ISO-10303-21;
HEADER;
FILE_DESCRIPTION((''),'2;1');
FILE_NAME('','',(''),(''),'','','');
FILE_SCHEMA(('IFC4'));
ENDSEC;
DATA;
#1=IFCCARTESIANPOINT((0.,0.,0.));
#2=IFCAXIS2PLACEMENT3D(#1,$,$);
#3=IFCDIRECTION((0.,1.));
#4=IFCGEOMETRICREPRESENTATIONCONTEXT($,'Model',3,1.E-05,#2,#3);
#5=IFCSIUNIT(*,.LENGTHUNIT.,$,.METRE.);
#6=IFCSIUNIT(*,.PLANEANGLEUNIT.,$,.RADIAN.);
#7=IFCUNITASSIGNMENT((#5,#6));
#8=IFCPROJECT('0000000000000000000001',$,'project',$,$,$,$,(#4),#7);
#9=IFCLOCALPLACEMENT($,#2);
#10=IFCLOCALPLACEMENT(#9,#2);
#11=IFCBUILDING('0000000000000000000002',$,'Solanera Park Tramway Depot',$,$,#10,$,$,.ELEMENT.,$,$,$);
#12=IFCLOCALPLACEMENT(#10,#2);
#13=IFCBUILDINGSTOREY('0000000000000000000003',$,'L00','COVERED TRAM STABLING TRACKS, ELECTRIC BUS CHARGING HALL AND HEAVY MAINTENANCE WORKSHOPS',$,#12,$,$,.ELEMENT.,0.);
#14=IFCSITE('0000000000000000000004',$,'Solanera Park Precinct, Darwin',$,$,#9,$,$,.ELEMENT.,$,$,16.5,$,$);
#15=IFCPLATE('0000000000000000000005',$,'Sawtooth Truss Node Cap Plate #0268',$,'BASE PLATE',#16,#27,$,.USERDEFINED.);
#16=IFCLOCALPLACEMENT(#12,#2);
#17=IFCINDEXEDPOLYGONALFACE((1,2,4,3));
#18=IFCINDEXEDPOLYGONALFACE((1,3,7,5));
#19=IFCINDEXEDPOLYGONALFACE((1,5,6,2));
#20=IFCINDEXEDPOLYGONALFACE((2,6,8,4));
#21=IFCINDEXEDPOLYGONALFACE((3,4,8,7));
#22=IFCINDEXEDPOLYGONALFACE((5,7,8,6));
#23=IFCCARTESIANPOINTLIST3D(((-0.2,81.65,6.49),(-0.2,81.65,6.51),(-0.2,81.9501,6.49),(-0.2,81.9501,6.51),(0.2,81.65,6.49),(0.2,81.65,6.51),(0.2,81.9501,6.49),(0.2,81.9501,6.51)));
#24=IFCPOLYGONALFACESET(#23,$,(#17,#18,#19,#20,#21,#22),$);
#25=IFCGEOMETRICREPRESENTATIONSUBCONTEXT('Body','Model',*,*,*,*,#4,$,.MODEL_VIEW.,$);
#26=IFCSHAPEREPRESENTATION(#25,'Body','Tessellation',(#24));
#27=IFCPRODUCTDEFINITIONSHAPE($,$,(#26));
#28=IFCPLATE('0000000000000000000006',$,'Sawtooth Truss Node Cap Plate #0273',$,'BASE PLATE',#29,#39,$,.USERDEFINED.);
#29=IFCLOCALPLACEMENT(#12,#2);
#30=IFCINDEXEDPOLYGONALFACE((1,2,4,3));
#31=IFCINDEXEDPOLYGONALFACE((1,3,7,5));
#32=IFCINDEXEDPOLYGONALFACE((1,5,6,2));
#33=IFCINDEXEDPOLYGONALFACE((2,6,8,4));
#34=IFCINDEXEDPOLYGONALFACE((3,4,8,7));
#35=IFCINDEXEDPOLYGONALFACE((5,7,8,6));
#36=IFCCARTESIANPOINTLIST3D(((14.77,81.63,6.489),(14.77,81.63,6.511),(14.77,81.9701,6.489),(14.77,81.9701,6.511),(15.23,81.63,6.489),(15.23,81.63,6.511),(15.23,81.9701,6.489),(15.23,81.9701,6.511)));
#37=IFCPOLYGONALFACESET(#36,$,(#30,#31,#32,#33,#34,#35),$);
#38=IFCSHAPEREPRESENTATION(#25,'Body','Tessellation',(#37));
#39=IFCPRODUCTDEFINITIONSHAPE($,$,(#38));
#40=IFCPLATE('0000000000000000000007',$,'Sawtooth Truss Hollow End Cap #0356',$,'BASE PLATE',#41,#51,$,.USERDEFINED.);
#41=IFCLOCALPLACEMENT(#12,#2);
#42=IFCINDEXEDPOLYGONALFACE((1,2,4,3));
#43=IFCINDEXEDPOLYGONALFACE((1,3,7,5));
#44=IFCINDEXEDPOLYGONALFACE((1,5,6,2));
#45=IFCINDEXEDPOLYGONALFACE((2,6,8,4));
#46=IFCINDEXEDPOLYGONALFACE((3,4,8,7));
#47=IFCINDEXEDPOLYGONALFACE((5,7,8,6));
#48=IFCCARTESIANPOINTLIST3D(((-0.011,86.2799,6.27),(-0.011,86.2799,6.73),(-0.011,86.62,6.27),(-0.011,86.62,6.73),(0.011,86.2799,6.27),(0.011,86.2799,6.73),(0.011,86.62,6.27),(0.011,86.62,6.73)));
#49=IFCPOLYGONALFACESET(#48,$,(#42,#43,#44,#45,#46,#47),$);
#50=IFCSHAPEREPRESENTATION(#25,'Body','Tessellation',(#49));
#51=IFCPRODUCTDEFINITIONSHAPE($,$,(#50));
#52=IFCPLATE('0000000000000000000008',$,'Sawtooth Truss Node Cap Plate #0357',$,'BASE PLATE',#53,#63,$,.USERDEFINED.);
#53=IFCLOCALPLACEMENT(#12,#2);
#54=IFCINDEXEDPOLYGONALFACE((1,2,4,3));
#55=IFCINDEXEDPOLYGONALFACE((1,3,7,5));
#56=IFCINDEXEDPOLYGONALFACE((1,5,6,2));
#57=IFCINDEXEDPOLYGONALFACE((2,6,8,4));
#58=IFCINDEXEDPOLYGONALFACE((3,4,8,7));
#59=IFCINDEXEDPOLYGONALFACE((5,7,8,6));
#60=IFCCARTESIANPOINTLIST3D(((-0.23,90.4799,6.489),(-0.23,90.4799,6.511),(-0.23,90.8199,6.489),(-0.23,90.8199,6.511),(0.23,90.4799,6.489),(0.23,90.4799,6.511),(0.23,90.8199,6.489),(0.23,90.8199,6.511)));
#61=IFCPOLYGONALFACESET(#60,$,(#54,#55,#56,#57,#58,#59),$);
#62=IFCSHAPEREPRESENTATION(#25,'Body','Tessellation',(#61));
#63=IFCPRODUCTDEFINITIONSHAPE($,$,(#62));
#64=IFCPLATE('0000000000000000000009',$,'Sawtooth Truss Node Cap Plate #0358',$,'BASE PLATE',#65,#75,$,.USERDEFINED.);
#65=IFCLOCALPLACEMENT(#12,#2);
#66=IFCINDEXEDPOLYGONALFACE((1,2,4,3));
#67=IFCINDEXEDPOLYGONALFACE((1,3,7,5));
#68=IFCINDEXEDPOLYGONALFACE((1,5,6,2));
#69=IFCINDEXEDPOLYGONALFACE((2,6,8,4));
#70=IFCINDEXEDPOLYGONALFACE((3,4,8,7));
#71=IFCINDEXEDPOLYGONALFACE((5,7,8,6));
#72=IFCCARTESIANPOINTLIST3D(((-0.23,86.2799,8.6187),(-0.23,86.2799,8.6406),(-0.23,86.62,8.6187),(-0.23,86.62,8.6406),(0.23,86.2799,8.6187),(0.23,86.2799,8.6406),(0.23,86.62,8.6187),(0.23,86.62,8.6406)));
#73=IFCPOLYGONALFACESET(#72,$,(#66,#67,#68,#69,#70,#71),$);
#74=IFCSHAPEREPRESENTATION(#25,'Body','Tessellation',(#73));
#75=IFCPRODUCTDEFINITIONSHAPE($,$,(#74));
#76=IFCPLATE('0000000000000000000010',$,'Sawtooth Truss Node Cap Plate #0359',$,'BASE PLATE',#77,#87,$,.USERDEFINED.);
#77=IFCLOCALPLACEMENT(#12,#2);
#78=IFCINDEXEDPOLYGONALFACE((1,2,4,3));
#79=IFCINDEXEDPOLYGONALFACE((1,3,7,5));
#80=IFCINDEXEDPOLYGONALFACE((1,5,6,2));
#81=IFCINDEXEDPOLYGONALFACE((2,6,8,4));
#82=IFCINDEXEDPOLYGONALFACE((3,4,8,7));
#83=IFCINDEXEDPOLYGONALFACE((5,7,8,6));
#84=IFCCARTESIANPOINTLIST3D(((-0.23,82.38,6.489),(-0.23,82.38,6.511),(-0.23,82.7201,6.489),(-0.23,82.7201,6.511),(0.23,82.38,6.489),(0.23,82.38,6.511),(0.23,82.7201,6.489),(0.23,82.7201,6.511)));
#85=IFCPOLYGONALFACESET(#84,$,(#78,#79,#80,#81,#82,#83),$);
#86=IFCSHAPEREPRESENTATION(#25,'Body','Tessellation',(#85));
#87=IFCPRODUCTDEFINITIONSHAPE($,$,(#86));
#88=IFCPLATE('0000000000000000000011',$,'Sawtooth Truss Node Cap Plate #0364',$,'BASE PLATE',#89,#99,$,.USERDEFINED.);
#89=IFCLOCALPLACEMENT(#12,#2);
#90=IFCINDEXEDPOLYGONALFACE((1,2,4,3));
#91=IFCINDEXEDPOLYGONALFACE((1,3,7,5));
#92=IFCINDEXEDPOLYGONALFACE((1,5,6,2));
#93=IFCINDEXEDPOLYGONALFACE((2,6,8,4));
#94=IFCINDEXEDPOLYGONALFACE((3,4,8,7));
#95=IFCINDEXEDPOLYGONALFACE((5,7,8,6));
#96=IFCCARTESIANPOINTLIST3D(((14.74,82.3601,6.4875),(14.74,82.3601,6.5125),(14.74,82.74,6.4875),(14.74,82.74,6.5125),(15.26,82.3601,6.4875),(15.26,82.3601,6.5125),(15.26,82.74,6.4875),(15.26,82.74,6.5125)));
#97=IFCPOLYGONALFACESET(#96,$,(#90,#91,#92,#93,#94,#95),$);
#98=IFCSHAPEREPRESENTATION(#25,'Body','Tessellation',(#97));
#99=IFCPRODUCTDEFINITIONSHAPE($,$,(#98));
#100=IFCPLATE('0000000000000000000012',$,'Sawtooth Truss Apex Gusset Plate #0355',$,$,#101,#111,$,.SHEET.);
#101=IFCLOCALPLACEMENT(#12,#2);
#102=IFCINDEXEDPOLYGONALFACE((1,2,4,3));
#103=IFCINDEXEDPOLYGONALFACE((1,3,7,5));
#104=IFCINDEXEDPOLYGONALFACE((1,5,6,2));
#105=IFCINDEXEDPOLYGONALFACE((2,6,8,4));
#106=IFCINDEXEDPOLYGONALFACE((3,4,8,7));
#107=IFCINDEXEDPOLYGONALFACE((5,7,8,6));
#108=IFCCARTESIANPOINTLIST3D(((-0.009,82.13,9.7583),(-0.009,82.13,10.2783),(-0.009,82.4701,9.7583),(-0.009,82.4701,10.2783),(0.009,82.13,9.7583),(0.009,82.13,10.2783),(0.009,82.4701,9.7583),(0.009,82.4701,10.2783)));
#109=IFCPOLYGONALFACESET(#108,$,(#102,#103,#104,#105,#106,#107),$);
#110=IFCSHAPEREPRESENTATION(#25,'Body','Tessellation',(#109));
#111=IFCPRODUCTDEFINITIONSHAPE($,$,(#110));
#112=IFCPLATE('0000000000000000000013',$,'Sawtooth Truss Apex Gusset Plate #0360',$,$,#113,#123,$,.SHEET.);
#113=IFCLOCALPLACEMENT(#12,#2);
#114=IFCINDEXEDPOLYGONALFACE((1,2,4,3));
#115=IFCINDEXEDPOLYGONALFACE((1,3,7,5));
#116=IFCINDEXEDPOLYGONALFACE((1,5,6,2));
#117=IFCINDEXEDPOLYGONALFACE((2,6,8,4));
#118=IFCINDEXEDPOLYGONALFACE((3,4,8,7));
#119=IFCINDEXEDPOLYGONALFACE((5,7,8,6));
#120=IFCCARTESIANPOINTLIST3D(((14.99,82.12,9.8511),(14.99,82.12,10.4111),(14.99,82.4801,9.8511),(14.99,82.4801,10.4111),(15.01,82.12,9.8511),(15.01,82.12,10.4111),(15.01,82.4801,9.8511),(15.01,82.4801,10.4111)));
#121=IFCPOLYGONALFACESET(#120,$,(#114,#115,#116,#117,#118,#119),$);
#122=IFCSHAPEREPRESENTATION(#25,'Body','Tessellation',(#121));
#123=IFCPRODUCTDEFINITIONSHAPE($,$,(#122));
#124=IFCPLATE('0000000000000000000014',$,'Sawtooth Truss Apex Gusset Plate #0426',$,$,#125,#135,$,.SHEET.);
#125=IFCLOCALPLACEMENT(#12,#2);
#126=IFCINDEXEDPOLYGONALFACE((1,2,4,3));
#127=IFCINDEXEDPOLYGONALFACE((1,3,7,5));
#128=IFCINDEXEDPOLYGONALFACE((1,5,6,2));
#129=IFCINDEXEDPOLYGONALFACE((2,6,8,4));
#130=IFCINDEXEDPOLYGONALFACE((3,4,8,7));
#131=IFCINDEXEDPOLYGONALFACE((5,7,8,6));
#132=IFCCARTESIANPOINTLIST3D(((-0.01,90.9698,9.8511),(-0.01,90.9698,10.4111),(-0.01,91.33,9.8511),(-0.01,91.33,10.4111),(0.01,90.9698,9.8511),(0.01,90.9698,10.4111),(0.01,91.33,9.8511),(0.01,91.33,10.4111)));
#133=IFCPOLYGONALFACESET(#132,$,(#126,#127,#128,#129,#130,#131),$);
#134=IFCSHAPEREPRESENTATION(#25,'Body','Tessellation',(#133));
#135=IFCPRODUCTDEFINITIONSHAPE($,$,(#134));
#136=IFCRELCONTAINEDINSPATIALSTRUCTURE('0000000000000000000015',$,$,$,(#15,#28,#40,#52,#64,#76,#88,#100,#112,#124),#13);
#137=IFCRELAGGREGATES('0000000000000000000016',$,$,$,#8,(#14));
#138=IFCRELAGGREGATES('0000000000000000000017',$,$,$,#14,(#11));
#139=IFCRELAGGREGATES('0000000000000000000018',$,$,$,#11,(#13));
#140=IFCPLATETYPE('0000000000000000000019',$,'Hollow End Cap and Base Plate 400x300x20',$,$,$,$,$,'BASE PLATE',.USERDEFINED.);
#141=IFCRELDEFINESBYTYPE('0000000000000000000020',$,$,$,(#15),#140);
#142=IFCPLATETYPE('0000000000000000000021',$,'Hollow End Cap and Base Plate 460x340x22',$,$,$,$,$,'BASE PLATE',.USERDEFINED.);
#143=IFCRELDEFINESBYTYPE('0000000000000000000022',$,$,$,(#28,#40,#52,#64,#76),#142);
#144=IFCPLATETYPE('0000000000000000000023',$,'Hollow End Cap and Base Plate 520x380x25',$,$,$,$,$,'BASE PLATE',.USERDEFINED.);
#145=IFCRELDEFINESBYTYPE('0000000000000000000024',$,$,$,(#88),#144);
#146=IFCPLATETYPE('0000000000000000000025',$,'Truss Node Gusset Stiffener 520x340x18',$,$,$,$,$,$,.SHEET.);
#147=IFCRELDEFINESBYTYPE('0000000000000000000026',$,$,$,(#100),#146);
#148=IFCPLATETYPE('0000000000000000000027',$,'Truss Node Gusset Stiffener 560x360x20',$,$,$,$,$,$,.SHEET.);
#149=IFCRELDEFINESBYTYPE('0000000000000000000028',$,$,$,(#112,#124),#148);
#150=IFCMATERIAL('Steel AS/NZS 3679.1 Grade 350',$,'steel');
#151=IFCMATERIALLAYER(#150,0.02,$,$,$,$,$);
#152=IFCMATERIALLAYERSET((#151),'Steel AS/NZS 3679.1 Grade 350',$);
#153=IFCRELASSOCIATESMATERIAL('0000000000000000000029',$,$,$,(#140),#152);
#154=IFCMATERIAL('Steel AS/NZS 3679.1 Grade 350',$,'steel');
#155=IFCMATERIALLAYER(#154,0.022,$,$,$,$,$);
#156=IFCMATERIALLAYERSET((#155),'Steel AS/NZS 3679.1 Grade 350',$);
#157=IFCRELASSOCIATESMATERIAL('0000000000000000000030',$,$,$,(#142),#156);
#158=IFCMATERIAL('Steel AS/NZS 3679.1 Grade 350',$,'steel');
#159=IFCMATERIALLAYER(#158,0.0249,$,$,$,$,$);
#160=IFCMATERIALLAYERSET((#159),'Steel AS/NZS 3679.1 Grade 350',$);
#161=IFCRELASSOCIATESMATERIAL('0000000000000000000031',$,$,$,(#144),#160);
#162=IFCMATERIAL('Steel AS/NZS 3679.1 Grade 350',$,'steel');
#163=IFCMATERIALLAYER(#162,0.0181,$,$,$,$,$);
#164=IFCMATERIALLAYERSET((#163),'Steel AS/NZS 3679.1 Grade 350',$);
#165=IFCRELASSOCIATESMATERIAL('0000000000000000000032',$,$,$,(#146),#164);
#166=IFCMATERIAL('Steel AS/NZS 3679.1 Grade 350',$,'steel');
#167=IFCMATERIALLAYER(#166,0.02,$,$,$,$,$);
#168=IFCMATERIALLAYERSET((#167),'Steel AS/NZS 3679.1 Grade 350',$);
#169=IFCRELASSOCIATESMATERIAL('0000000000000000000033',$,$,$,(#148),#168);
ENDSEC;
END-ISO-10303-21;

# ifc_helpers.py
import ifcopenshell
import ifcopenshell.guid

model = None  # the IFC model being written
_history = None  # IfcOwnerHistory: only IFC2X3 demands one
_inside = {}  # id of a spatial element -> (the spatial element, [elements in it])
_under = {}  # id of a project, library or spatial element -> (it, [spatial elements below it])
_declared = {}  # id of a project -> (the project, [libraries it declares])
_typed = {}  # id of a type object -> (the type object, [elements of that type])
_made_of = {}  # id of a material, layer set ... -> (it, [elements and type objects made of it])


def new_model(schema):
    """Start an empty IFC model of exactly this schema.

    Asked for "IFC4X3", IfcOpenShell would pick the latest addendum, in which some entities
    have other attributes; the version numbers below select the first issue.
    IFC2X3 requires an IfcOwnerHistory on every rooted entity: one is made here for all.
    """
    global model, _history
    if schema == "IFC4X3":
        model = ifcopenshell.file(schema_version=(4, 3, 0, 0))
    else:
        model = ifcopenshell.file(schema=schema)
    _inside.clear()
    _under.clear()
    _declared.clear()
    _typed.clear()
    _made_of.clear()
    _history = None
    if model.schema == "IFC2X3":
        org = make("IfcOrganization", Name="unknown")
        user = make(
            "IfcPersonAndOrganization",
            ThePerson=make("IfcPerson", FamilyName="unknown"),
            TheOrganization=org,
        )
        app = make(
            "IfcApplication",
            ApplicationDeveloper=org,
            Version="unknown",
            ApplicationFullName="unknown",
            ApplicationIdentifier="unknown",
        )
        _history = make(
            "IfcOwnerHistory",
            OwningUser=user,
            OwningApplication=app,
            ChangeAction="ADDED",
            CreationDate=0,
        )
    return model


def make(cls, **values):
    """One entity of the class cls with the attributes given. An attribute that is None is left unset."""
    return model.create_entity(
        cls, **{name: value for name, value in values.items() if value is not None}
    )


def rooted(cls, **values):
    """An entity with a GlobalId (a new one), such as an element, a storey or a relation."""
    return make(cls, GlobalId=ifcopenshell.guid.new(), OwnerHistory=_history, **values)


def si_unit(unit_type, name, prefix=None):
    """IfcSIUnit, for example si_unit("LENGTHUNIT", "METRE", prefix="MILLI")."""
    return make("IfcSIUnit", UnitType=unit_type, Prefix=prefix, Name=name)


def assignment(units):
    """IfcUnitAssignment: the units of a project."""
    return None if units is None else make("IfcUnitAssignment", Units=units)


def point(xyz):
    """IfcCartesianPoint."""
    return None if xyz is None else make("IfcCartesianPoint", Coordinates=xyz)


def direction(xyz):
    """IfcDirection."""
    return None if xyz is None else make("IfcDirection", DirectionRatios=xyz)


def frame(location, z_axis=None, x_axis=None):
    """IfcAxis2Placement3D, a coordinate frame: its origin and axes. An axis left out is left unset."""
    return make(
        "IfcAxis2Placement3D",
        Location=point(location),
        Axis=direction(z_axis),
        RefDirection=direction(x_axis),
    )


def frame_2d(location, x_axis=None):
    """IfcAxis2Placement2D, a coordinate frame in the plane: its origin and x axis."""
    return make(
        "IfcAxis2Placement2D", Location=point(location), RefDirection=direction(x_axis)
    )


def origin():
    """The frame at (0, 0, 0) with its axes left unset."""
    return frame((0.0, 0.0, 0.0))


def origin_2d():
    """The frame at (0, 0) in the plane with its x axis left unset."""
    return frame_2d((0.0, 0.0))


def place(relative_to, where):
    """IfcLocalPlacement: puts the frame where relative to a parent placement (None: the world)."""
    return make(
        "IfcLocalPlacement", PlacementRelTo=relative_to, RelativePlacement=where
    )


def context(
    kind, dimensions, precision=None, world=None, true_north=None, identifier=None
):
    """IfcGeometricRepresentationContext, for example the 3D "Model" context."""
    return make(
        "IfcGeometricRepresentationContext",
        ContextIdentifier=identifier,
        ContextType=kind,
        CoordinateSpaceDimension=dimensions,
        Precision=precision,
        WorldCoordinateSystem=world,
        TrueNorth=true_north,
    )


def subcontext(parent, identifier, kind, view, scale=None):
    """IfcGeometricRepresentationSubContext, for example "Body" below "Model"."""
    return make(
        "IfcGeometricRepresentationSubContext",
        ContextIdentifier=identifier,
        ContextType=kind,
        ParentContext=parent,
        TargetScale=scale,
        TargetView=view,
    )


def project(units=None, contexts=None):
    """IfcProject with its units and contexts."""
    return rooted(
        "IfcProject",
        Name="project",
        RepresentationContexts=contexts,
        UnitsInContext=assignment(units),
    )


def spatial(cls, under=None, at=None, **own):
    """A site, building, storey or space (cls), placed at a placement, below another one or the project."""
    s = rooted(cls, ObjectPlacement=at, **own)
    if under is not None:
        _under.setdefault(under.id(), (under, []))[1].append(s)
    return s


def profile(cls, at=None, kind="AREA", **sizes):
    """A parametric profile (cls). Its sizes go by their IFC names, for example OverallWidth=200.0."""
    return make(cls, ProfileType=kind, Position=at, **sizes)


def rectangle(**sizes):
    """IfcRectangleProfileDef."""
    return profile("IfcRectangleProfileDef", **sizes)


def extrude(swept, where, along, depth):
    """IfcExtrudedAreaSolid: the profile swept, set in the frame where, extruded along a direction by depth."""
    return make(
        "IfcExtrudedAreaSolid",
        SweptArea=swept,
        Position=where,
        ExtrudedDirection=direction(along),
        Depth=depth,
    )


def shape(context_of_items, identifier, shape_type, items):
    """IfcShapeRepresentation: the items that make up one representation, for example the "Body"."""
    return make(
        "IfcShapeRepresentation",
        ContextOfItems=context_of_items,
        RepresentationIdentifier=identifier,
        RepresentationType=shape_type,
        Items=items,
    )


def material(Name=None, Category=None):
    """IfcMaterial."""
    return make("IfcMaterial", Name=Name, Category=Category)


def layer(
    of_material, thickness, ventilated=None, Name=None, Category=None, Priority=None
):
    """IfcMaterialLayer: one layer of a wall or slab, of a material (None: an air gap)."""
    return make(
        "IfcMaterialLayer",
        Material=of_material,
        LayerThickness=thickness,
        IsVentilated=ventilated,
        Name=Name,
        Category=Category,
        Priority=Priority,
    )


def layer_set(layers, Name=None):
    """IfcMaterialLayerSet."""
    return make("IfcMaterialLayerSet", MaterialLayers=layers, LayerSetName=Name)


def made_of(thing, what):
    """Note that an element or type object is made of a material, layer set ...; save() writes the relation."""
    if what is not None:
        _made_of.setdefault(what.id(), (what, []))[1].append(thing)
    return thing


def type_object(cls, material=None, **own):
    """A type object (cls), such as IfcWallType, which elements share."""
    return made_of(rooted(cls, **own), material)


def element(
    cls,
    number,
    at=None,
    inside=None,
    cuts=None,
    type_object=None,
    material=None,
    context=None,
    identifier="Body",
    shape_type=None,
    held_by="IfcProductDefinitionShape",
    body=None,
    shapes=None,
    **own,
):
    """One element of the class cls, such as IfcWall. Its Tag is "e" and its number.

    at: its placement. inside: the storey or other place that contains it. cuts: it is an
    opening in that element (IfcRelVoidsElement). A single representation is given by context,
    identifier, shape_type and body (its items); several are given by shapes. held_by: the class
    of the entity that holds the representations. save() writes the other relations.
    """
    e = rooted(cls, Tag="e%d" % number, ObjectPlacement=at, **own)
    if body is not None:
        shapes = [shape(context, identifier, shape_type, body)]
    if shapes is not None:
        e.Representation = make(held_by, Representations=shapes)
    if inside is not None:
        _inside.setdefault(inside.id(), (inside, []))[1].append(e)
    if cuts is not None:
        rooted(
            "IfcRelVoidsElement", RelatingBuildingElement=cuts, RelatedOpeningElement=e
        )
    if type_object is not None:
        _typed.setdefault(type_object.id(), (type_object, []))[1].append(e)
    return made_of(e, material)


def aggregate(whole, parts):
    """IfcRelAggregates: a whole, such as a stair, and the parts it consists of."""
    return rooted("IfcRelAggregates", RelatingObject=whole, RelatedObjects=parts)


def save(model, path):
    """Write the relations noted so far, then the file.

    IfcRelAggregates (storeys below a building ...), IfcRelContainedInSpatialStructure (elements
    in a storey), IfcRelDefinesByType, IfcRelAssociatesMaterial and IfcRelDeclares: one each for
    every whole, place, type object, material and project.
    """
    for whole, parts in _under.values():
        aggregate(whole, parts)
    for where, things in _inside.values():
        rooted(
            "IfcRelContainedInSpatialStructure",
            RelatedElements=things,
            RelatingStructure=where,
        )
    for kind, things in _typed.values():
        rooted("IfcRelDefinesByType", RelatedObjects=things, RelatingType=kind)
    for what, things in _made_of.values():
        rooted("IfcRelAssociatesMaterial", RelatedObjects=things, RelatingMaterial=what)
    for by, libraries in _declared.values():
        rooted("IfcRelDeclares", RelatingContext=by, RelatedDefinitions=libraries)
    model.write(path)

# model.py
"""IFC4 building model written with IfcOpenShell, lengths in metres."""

from ifc_helpers import new_model, si_unit, direction, frame, origin, origin_2d, place, context, subcontext, project, spatial, rectangle, extrude, material, layer, layer_set, type_object, element, save


model = new_model("IFC4")

# Units and contexts
model_context = context("Model", 3, precision=1e-05, world=origin(), true_north=direction((0.0, 1.0)))
body_context = subcontext(model_context, "Body", "Model", "MODEL_VIEW")
ifc_project = project(units=[si_unit("LENGTHUNIT", "METRE"), si_unit("PLANEANGLEUNIT", "RADIAN")], contexts=[model_context])

# Site, building, storey
site_placement = place(None, origin())
site = spatial("IfcSite", under=ifc_project, at=site_placement, Name="Solanera Park Precinct, Darwin", CompositionType="ELEMENT", RefElevation=16.5)
building_placement = place(site_placement, origin())
building = spatial("IfcBuilding", under=site, at=building_placement, Name="Solanera Park Tramway Depot", CompositionType="ELEMENT")
storey_placement = place(building_placement, origin())
storey = spatial("IfcBuildingStorey", under=building, at=storey_placement, Name="L00", Description="COVERED TRAM STABLING TRACKS, ELECTRIC BUS CHARGING HALL AND HEAVY MAINTENANCE WORKSHOPS", CompositionType="ELEMENT", Elevation=0.0)

# Plates
ifc_material_1 = material(Name="Steel AS/NZS 3679.1 Grade 350", Category="steel")
ifc_layer_1 = layer(ifc_material_1, 0.02)
ifc_layer_set_1 = layer_set([ifc_layer_1], Name="Steel AS/NZS 3679.1 Grade 350")
plate_type_1 = type_object("IfcPlateType", Name="Hollow End Cap and Base Plate 400x300x20", ElementType="BASE PLATE", PredefinedType="USERDEFINED", material=ifc_layer_set_1)
plate_1_placement = place(storey_placement, frame((0.0, 81.8, 6.49), z_axis=(0.0, 0.0, 1.0), x_axis=(1.0, 0.0, 0.0)))
element("IfcPlate", 1, at=plate_1_placement, inside=storey, type_object=plate_type_1, Name="Sawtooth Truss Node Cap Plate #0268", ObjectType="BASE PLATE", PredefinedType="USERDEFINED", context=body_context, shape_type="SweptSolid", body=[
    extrude(rectangle(XDim=0.3999, YDim=0.3, at=origin_2d()), origin(), (0.0, 0.0, 1.0), 0.02),
])
ifc_material_2 = material(Name="Steel AS/NZS 3679.1 Grade 350", Category="steel")
ifc_layer_2 = layer(ifc_material_2, 0.022)
ifc_layer_set_2 = layer_set([ifc_layer_2], Name="Steel AS/NZS 3679.1 Grade 350")
plate_type_2 = type_object("IfcPlateType", Name="Hollow End Cap and Base Plate 460x340x22", ElementType="BASE PLATE", PredefinedType="USERDEFINED", material=ifc_layer_set_2)
plate_2_placement = place(storey_placement, frame((15.0, 81.8, 6.489), z_axis=(0.0, 0.0, 1.0), x_axis=(1.0, 0.0, 0.0)))
element("IfcPlate", 2, at=plate_2_placement, inside=storey, type_object=plate_type_2, Name="Sawtooth Truss Node Cap Plate #0273", ObjectType="BASE PLATE", PredefinedType="USERDEFINED", context=body_context, shape_type="SweptSolid", body=[
    extrude(rectangle(XDim=0.46, YDim=0.3401, at=origin_2d()), origin(), (0.0, 0.0, 1.0), 0.022),
])
plate_3_placement = place(storey_placement, frame((0.0, 86.45, 6.27), z_axis=(0.0, 0.0, 1.0), x_axis=(1.0, 0.0, 0.0)))
element("IfcPlate", 3, at=plate_3_placement, inside=storey, type_object=plate_type_2, Name="Sawtooth Truss Hollow End Cap #0356", ObjectType="BASE PLATE", PredefinedType="USERDEFINED", context=body_context, shape_type="SweptSolid", body=[
    extrude(rectangle(XDim=0.022, YDim=0.3401, at=origin_2d()), origin(), (0.0, 0.0, 1.0), 0.46),
])
for number, where, z_axis, x_axis, name in (
    (4, (0.0, 90.6499, 6.489), (0.0, 0.0, 1.0), (1.0, 0.0, 0.0), "Sawtooth Truss Node Cap Plate #0357"),
    (5, (0.0, 86.45, 8.6187), (0.0, 0.0, 1.0), (1.0, 0.0, 0.0), "Sawtooth Truss Node Cap Plate #0358"),
    (6, (0.0, 82.55, 6.489), (0.0, 0.0, 1.0), (1.0, 0.0, 0.0), "Sawtooth Truss Node Cap Plate #0359"),
):
    element("IfcPlate", number, at=place(storey_placement, frame(where, z_axis=z_axis, x_axis=x_axis)), inside=storey, type_object=plate_type_2, Name=name, ObjectType="BASE PLATE", PredefinedType="USERDEFINED", context=body_context, shape_type="SweptSolid", body=[
        extrude(rectangle(XDim=0.46, YDim=0.3401, at=origin_2d()), origin(), (0.0, 0.0, 1.0), 0.022),
    ])
ifc_material_3 = material(Name="Steel AS/NZS 3679.1 Grade 350", Category="steel")
ifc_layer_3 = layer(ifc_material_3, 0.0249)
ifc_layer_set_3 = layer_set([ifc_layer_3], Name="Steel AS/NZS 3679.1 Grade 350")
plate_type_3 = type_object("IfcPlateType", Name="Hollow End Cap and Base Plate 520x380x25", ElementType="BASE PLATE", PredefinedType="USERDEFINED", material=ifc_layer_set_3)
plate_4_placement = place(storey_placement, frame((15.0, 82.55, 6.4875), z_axis=(0.0, 0.0, 1.0), x_axis=(1.0, 0.0, 0.0)))
element("IfcPlate", 7, at=plate_4_placement, inside=storey, type_object=plate_type_3, Name="Sawtooth Truss Node Cap Plate #0364", ObjectType="BASE PLATE", PredefinedType="USERDEFINED", context=body_context, shape_type="SweptSolid", body=[
    extrude(rectangle(XDim=0.52, YDim=0.3799, at=origin_2d()), origin(), (0.0, 0.0, 1.0), 0.0249),
])
ifc_material_4 = material(Name="Steel AS/NZS 3679.1 Grade 350", Category="steel")
ifc_layer_4 = layer(ifc_material_4, 0.0181)
ifc_layer_set_4 = layer_set([ifc_layer_4], Name="Steel AS/NZS 3679.1 Grade 350")
plate_type_4 = type_object("IfcPlateType", Name="Truss Node Gusset Stiffener 520x340x18", PredefinedType="SHEET", material=ifc_layer_set_4)
plate_5_placement = place(storey_placement, frame((0.0, 82.3, 9.7583), z_axis=(0.0, 0.0, 1.0), x_axis=(1.0, 0.0, 0.0)))
element("IfcPlate", 8, at=plate_5_placement, inside=storey, type_object=plate_type_4, Name="Sawtooth Truss Apex Gusset Plate #0355", PredefinedType="SHEET", context=body_context, shape_type="SweptSolid", body=[
    extrude(rectangle(XDim=0.0181, YDim=0.3401, at=origin_2d()), origin(), (0.0, 0.0, 1.0), 0.52),
])
ifc_material_5 = material(Name="Steel AS/NZS 3679.1 Grade 350", Category="steel")
ifc_layer_5 = layer(ifc_material_5, 0.02)
ifc_layer_set_5 = layer_set([ifc_layer_5], Name="Steel AS/NZS 3679.1 Grade 350")
plate_type_5 = type_object("IfcPlateType", Name="Truss Node Gusset Stiffener 560x360x20", PredefinedType="SHEET", material=ifc_layer_set_5)
for number, where, z_axis, x_axis, name in (
    (9, (15.0, 82.3, 9.8511), (0.0, 0.0, 1.0), (1.0, 0.0, 0.0), "Sawtooth Truss Apex Gusset Plate #0360"),
    (10, (0.0, 91.1499, 9.8511), (0.0, 0.0, 1.0), (1.0, 0.0, 0.0), "Sawtooth Truss Apex Gusset Plate #0426"),
):
    element("IfcPlate", number, at=place(storey_placement, frame(where, z_axis=z_axis, x_axis=x_axis)), inside=storey, type_object=plate_type_5, Name=name, PredefinedType="SHEET", context=body_context, shape_type="SweptSolid", body=[
        extrude(rectangle(XDim=0.02, YDim=0.3601, at=origin_2d()), origin(), (0.0, 0.0, 1.0), 0.5601),
    ])

save(model, "model.ifc")
